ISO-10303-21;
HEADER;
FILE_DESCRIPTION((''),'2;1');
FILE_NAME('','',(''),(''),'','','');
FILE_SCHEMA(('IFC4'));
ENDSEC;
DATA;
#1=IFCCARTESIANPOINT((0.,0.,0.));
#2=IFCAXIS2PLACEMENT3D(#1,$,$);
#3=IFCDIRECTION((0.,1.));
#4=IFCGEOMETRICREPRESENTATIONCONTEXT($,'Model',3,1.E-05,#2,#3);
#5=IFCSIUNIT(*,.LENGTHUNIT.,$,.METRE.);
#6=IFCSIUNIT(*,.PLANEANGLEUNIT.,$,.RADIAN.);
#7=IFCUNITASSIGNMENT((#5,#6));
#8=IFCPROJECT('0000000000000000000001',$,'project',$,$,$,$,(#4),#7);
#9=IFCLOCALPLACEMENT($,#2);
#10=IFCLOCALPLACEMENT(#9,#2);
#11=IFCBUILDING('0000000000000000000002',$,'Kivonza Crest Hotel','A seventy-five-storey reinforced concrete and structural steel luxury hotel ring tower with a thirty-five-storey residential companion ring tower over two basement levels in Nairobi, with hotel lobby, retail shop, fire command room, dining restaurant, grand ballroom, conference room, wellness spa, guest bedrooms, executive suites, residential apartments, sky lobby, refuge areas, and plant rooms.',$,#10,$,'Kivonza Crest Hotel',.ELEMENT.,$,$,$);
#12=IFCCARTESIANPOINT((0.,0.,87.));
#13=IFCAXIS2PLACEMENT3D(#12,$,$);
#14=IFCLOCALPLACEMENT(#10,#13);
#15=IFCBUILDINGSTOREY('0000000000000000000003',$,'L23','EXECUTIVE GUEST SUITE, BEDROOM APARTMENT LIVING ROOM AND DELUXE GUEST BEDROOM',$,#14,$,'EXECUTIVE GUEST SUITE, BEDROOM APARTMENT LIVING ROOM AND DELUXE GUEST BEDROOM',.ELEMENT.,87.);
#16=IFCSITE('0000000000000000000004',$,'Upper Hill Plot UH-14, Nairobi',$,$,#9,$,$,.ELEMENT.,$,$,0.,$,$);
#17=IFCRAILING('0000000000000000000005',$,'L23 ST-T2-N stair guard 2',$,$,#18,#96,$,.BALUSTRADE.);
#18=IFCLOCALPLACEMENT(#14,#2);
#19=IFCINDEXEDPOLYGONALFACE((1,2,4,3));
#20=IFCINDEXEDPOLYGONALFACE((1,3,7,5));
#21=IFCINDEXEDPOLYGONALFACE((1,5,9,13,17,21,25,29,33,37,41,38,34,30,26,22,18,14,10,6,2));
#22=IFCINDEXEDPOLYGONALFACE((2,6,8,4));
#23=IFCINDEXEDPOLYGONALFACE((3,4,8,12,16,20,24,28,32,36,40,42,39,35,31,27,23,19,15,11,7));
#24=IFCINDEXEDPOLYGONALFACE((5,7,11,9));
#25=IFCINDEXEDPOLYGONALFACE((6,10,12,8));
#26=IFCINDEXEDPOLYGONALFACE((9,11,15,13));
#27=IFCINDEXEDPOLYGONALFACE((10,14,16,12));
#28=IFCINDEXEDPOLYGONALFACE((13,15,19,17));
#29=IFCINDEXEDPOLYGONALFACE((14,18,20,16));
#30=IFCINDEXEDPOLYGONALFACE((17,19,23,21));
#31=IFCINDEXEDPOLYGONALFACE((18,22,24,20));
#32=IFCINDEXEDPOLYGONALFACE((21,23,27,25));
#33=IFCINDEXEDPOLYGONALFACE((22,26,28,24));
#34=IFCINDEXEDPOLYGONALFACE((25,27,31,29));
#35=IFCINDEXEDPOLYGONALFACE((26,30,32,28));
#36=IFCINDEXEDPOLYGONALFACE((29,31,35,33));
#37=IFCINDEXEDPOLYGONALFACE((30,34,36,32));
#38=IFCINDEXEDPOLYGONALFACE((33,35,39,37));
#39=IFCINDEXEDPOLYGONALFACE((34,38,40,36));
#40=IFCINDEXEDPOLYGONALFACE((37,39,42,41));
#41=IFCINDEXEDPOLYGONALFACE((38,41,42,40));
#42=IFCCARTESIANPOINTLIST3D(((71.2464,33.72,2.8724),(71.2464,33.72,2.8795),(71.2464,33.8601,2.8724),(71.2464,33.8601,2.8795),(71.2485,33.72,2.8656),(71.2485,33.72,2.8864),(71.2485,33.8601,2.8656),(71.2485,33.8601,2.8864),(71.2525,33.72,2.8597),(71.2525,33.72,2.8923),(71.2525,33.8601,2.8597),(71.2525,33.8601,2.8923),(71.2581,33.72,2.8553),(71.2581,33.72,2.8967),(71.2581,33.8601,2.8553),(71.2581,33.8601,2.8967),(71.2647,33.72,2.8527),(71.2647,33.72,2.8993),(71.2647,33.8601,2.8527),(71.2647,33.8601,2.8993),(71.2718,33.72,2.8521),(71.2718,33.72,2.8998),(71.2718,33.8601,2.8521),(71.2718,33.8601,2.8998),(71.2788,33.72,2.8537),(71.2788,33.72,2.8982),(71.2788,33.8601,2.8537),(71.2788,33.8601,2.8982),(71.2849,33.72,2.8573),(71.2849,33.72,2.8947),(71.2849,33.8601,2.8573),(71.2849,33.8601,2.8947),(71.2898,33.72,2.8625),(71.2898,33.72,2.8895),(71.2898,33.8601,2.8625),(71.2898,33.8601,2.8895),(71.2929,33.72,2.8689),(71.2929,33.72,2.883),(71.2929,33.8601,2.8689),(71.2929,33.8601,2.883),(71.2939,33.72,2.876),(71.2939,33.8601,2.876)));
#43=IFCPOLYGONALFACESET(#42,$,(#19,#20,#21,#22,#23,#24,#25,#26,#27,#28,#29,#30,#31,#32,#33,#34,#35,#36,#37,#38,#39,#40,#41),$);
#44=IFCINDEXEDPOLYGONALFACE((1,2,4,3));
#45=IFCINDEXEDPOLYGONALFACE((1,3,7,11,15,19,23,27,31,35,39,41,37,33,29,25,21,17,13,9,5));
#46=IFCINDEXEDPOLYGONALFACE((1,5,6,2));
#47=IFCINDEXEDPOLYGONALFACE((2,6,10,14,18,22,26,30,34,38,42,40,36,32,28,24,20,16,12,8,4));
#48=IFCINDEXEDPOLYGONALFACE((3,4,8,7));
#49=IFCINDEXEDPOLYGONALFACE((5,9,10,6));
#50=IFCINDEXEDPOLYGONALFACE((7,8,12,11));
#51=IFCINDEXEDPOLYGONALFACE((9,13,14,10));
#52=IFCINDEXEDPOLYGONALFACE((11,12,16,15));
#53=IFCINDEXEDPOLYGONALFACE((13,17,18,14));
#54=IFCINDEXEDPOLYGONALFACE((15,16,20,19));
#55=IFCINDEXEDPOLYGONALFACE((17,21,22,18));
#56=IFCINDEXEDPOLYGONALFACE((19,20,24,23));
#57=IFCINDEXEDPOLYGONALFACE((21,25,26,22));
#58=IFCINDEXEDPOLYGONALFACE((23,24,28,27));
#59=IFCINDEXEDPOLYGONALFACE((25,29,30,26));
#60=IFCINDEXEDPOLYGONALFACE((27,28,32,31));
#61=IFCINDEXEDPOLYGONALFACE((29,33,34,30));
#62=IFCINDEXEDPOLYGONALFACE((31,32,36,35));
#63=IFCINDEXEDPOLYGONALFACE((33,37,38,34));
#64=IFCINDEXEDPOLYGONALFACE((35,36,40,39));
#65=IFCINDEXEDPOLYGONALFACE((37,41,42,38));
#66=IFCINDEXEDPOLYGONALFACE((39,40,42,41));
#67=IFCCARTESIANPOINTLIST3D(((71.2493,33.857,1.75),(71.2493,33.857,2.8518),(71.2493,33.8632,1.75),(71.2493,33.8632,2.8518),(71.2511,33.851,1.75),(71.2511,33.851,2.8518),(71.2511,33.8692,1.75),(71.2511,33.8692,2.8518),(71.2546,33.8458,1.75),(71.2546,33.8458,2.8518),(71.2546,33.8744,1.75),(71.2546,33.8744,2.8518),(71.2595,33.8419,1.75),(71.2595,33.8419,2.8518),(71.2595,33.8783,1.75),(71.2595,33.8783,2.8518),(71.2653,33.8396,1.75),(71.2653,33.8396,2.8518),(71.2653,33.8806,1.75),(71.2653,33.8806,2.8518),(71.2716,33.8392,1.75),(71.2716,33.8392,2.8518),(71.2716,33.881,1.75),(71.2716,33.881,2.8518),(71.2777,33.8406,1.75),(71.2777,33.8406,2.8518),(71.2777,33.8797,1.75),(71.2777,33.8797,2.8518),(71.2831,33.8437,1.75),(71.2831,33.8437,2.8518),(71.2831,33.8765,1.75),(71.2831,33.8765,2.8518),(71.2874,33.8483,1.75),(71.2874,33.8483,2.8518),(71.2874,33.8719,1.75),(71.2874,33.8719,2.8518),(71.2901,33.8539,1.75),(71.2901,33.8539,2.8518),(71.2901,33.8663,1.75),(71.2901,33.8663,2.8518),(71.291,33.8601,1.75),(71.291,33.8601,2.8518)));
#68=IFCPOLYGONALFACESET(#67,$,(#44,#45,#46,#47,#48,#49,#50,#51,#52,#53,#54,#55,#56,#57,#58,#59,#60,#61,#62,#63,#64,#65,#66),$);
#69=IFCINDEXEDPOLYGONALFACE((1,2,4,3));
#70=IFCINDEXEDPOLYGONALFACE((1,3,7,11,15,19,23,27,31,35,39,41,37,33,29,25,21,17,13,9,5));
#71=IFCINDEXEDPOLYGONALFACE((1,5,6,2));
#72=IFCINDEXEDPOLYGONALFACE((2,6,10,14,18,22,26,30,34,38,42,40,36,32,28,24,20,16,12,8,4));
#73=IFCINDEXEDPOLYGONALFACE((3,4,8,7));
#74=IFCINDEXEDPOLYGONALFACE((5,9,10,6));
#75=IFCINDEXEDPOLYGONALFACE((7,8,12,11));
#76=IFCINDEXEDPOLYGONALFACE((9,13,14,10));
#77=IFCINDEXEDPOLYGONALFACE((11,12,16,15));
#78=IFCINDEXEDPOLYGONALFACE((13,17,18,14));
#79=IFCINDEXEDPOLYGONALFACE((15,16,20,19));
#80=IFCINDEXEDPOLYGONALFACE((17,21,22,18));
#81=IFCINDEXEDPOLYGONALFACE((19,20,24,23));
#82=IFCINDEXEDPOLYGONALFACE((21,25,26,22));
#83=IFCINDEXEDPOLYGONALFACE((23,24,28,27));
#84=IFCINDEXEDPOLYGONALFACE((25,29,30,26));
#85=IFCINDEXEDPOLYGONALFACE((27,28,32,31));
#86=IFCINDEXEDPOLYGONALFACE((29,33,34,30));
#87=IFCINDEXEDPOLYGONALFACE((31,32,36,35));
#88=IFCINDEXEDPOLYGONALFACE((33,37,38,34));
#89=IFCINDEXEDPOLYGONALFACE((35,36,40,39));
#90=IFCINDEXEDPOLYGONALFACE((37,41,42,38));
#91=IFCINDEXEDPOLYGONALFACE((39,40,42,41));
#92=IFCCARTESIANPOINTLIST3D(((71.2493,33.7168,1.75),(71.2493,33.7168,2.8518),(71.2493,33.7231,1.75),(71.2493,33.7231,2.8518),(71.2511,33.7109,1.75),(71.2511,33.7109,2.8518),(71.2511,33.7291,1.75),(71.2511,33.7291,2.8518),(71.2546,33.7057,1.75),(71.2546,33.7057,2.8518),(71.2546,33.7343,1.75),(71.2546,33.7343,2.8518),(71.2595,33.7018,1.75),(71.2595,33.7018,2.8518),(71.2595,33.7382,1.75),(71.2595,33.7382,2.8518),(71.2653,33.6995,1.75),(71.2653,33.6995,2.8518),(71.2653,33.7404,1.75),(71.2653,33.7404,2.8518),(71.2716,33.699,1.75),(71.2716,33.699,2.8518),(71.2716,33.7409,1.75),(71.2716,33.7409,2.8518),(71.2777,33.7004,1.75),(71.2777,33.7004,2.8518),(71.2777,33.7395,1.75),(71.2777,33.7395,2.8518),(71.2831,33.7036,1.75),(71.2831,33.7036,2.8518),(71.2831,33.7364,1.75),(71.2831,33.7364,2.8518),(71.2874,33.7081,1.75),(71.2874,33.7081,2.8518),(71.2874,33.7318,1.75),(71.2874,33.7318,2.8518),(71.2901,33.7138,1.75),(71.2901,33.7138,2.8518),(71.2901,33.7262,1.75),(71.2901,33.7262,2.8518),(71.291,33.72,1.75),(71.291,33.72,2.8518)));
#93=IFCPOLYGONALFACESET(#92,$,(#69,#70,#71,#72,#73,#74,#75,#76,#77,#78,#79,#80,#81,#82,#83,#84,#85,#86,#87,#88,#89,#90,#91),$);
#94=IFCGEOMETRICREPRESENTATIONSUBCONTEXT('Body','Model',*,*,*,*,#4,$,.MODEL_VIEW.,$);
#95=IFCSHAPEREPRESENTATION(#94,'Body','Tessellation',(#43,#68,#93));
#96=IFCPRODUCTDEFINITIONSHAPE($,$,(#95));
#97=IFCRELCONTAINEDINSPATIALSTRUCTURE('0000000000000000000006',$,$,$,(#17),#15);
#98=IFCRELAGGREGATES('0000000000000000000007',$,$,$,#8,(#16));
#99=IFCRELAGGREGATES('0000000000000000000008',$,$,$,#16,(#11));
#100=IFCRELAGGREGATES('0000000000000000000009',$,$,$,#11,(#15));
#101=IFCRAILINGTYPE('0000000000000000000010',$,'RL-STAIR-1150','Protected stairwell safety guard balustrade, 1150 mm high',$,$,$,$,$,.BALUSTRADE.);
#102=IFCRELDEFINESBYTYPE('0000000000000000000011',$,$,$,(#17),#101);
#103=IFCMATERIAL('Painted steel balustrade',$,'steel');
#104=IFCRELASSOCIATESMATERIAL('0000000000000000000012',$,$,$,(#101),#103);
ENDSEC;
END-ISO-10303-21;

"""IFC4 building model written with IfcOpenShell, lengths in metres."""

from ifc_helpers import new_model, si_unit, direction, frame, origin, origin_2d, place, context, subcontext, project, spatial, circle, extrude, material, type_object, element, save


model = new_model("IFC4")

# Units and contexts
model_context = context("Model", 3, precision=1e-05, world=origin(), true_north=direction((0.0, 1.0)))
body_context = subcontext(model_context, "Body", "Model", "MODEL_VIEW")
ifc_project = project(units=[si_unit("LENGTHUNIT", "METRE"), si_unit("PLANEANGLEUNIT", "RADIAN")], contexts=[model_context])

# Site, building, storey
site_placement = place(None, origin())
site = spatial("IfcSite", under=ifc_project, at=site_placement, Name="Upper Hill Plot UH-14, Nairobi", CompositionType="ELEMENT", RefElevation=0.0)
building_placement = place(site_placement, origin())
building = spatial("IfcBuilding", under=site, at=building_placement, Name="Kivonza Crest Hotel", Description="A seventy-five-storey reinforced concrete and structural steel luxury hotel ring tower with a thirty-five-storey residential companion ring tower over two basement levels in Nairobi, with hotel lobby, retail shop, fire command room, dining restaurant, grand ballroom, conference room, wellness spa, guest bedrooms, executive suites, residential apartments, sky lobby, refuge areas, and plant rooms.", LongName="Kivonza Crest Hotel", CompositionType="ELEMENT")
storey_placement = place(building_placement, frame((0.0, 0.0, 87.0)))
storey = spatial("IfcBuildingStorey", under=building, at=storey_placement, Name="L23", Description="EXECUTIVE GUEST SUITE, BEDROOM APARTMENT LIVING ROOM AND DELUXE GUEST BEDROOM", LongName="EXECUTIVE GUEST SUITE, BEDROOM APARTMENT LIVING ROOM AND DELUXE GUEST BEDROOM", CompositionType="ELEMENT", Elevation=87.0)

# Railing
ifc_material_1 = material(Name="Painted steel balustrade", Category="steel")
railing_type_1 = type_object("IfcRailingType", Name="RL-STAIR-1150", Description="Protected stairwell safety guard balustrade, 1150 mm high", PredefinedType="BALUSTRADE", material=ifc_material_1)
railing_1_placement = place(storey_placement, frame((71.27, 33.8601, 1.75)))
element("IfcRailing", 1, at=railing_1_placement, inside=storey, type_object=railing_type_1, Name="L23 ST-T2-N stair guard 2", PredefinedType="BALUSTRADE", context=body_context, shape_type="SweptSolid", body=[
    extrude(circle(Radius=0.0239, at=origin_2d()), frame((0.0, 0.0, 1.126), z_axis=(0.0, -1.0, 0.0), x_axis=(1.0, 0.0, 0.0)), (0.0, 0.0, 1.0), 0.1401),
    extrude(circle(Radius=0.021, at=origin_2d()), origin(), (0.0, 0.0, 1.0), 1.1018),
    extrude(circle(Radius=0.021, at=origin_2d()), frame((0.0, -0.1401, 0.0)), (0.0, 0.0, 1.0), 1.1018),
])

save(model, "model.ifc")
